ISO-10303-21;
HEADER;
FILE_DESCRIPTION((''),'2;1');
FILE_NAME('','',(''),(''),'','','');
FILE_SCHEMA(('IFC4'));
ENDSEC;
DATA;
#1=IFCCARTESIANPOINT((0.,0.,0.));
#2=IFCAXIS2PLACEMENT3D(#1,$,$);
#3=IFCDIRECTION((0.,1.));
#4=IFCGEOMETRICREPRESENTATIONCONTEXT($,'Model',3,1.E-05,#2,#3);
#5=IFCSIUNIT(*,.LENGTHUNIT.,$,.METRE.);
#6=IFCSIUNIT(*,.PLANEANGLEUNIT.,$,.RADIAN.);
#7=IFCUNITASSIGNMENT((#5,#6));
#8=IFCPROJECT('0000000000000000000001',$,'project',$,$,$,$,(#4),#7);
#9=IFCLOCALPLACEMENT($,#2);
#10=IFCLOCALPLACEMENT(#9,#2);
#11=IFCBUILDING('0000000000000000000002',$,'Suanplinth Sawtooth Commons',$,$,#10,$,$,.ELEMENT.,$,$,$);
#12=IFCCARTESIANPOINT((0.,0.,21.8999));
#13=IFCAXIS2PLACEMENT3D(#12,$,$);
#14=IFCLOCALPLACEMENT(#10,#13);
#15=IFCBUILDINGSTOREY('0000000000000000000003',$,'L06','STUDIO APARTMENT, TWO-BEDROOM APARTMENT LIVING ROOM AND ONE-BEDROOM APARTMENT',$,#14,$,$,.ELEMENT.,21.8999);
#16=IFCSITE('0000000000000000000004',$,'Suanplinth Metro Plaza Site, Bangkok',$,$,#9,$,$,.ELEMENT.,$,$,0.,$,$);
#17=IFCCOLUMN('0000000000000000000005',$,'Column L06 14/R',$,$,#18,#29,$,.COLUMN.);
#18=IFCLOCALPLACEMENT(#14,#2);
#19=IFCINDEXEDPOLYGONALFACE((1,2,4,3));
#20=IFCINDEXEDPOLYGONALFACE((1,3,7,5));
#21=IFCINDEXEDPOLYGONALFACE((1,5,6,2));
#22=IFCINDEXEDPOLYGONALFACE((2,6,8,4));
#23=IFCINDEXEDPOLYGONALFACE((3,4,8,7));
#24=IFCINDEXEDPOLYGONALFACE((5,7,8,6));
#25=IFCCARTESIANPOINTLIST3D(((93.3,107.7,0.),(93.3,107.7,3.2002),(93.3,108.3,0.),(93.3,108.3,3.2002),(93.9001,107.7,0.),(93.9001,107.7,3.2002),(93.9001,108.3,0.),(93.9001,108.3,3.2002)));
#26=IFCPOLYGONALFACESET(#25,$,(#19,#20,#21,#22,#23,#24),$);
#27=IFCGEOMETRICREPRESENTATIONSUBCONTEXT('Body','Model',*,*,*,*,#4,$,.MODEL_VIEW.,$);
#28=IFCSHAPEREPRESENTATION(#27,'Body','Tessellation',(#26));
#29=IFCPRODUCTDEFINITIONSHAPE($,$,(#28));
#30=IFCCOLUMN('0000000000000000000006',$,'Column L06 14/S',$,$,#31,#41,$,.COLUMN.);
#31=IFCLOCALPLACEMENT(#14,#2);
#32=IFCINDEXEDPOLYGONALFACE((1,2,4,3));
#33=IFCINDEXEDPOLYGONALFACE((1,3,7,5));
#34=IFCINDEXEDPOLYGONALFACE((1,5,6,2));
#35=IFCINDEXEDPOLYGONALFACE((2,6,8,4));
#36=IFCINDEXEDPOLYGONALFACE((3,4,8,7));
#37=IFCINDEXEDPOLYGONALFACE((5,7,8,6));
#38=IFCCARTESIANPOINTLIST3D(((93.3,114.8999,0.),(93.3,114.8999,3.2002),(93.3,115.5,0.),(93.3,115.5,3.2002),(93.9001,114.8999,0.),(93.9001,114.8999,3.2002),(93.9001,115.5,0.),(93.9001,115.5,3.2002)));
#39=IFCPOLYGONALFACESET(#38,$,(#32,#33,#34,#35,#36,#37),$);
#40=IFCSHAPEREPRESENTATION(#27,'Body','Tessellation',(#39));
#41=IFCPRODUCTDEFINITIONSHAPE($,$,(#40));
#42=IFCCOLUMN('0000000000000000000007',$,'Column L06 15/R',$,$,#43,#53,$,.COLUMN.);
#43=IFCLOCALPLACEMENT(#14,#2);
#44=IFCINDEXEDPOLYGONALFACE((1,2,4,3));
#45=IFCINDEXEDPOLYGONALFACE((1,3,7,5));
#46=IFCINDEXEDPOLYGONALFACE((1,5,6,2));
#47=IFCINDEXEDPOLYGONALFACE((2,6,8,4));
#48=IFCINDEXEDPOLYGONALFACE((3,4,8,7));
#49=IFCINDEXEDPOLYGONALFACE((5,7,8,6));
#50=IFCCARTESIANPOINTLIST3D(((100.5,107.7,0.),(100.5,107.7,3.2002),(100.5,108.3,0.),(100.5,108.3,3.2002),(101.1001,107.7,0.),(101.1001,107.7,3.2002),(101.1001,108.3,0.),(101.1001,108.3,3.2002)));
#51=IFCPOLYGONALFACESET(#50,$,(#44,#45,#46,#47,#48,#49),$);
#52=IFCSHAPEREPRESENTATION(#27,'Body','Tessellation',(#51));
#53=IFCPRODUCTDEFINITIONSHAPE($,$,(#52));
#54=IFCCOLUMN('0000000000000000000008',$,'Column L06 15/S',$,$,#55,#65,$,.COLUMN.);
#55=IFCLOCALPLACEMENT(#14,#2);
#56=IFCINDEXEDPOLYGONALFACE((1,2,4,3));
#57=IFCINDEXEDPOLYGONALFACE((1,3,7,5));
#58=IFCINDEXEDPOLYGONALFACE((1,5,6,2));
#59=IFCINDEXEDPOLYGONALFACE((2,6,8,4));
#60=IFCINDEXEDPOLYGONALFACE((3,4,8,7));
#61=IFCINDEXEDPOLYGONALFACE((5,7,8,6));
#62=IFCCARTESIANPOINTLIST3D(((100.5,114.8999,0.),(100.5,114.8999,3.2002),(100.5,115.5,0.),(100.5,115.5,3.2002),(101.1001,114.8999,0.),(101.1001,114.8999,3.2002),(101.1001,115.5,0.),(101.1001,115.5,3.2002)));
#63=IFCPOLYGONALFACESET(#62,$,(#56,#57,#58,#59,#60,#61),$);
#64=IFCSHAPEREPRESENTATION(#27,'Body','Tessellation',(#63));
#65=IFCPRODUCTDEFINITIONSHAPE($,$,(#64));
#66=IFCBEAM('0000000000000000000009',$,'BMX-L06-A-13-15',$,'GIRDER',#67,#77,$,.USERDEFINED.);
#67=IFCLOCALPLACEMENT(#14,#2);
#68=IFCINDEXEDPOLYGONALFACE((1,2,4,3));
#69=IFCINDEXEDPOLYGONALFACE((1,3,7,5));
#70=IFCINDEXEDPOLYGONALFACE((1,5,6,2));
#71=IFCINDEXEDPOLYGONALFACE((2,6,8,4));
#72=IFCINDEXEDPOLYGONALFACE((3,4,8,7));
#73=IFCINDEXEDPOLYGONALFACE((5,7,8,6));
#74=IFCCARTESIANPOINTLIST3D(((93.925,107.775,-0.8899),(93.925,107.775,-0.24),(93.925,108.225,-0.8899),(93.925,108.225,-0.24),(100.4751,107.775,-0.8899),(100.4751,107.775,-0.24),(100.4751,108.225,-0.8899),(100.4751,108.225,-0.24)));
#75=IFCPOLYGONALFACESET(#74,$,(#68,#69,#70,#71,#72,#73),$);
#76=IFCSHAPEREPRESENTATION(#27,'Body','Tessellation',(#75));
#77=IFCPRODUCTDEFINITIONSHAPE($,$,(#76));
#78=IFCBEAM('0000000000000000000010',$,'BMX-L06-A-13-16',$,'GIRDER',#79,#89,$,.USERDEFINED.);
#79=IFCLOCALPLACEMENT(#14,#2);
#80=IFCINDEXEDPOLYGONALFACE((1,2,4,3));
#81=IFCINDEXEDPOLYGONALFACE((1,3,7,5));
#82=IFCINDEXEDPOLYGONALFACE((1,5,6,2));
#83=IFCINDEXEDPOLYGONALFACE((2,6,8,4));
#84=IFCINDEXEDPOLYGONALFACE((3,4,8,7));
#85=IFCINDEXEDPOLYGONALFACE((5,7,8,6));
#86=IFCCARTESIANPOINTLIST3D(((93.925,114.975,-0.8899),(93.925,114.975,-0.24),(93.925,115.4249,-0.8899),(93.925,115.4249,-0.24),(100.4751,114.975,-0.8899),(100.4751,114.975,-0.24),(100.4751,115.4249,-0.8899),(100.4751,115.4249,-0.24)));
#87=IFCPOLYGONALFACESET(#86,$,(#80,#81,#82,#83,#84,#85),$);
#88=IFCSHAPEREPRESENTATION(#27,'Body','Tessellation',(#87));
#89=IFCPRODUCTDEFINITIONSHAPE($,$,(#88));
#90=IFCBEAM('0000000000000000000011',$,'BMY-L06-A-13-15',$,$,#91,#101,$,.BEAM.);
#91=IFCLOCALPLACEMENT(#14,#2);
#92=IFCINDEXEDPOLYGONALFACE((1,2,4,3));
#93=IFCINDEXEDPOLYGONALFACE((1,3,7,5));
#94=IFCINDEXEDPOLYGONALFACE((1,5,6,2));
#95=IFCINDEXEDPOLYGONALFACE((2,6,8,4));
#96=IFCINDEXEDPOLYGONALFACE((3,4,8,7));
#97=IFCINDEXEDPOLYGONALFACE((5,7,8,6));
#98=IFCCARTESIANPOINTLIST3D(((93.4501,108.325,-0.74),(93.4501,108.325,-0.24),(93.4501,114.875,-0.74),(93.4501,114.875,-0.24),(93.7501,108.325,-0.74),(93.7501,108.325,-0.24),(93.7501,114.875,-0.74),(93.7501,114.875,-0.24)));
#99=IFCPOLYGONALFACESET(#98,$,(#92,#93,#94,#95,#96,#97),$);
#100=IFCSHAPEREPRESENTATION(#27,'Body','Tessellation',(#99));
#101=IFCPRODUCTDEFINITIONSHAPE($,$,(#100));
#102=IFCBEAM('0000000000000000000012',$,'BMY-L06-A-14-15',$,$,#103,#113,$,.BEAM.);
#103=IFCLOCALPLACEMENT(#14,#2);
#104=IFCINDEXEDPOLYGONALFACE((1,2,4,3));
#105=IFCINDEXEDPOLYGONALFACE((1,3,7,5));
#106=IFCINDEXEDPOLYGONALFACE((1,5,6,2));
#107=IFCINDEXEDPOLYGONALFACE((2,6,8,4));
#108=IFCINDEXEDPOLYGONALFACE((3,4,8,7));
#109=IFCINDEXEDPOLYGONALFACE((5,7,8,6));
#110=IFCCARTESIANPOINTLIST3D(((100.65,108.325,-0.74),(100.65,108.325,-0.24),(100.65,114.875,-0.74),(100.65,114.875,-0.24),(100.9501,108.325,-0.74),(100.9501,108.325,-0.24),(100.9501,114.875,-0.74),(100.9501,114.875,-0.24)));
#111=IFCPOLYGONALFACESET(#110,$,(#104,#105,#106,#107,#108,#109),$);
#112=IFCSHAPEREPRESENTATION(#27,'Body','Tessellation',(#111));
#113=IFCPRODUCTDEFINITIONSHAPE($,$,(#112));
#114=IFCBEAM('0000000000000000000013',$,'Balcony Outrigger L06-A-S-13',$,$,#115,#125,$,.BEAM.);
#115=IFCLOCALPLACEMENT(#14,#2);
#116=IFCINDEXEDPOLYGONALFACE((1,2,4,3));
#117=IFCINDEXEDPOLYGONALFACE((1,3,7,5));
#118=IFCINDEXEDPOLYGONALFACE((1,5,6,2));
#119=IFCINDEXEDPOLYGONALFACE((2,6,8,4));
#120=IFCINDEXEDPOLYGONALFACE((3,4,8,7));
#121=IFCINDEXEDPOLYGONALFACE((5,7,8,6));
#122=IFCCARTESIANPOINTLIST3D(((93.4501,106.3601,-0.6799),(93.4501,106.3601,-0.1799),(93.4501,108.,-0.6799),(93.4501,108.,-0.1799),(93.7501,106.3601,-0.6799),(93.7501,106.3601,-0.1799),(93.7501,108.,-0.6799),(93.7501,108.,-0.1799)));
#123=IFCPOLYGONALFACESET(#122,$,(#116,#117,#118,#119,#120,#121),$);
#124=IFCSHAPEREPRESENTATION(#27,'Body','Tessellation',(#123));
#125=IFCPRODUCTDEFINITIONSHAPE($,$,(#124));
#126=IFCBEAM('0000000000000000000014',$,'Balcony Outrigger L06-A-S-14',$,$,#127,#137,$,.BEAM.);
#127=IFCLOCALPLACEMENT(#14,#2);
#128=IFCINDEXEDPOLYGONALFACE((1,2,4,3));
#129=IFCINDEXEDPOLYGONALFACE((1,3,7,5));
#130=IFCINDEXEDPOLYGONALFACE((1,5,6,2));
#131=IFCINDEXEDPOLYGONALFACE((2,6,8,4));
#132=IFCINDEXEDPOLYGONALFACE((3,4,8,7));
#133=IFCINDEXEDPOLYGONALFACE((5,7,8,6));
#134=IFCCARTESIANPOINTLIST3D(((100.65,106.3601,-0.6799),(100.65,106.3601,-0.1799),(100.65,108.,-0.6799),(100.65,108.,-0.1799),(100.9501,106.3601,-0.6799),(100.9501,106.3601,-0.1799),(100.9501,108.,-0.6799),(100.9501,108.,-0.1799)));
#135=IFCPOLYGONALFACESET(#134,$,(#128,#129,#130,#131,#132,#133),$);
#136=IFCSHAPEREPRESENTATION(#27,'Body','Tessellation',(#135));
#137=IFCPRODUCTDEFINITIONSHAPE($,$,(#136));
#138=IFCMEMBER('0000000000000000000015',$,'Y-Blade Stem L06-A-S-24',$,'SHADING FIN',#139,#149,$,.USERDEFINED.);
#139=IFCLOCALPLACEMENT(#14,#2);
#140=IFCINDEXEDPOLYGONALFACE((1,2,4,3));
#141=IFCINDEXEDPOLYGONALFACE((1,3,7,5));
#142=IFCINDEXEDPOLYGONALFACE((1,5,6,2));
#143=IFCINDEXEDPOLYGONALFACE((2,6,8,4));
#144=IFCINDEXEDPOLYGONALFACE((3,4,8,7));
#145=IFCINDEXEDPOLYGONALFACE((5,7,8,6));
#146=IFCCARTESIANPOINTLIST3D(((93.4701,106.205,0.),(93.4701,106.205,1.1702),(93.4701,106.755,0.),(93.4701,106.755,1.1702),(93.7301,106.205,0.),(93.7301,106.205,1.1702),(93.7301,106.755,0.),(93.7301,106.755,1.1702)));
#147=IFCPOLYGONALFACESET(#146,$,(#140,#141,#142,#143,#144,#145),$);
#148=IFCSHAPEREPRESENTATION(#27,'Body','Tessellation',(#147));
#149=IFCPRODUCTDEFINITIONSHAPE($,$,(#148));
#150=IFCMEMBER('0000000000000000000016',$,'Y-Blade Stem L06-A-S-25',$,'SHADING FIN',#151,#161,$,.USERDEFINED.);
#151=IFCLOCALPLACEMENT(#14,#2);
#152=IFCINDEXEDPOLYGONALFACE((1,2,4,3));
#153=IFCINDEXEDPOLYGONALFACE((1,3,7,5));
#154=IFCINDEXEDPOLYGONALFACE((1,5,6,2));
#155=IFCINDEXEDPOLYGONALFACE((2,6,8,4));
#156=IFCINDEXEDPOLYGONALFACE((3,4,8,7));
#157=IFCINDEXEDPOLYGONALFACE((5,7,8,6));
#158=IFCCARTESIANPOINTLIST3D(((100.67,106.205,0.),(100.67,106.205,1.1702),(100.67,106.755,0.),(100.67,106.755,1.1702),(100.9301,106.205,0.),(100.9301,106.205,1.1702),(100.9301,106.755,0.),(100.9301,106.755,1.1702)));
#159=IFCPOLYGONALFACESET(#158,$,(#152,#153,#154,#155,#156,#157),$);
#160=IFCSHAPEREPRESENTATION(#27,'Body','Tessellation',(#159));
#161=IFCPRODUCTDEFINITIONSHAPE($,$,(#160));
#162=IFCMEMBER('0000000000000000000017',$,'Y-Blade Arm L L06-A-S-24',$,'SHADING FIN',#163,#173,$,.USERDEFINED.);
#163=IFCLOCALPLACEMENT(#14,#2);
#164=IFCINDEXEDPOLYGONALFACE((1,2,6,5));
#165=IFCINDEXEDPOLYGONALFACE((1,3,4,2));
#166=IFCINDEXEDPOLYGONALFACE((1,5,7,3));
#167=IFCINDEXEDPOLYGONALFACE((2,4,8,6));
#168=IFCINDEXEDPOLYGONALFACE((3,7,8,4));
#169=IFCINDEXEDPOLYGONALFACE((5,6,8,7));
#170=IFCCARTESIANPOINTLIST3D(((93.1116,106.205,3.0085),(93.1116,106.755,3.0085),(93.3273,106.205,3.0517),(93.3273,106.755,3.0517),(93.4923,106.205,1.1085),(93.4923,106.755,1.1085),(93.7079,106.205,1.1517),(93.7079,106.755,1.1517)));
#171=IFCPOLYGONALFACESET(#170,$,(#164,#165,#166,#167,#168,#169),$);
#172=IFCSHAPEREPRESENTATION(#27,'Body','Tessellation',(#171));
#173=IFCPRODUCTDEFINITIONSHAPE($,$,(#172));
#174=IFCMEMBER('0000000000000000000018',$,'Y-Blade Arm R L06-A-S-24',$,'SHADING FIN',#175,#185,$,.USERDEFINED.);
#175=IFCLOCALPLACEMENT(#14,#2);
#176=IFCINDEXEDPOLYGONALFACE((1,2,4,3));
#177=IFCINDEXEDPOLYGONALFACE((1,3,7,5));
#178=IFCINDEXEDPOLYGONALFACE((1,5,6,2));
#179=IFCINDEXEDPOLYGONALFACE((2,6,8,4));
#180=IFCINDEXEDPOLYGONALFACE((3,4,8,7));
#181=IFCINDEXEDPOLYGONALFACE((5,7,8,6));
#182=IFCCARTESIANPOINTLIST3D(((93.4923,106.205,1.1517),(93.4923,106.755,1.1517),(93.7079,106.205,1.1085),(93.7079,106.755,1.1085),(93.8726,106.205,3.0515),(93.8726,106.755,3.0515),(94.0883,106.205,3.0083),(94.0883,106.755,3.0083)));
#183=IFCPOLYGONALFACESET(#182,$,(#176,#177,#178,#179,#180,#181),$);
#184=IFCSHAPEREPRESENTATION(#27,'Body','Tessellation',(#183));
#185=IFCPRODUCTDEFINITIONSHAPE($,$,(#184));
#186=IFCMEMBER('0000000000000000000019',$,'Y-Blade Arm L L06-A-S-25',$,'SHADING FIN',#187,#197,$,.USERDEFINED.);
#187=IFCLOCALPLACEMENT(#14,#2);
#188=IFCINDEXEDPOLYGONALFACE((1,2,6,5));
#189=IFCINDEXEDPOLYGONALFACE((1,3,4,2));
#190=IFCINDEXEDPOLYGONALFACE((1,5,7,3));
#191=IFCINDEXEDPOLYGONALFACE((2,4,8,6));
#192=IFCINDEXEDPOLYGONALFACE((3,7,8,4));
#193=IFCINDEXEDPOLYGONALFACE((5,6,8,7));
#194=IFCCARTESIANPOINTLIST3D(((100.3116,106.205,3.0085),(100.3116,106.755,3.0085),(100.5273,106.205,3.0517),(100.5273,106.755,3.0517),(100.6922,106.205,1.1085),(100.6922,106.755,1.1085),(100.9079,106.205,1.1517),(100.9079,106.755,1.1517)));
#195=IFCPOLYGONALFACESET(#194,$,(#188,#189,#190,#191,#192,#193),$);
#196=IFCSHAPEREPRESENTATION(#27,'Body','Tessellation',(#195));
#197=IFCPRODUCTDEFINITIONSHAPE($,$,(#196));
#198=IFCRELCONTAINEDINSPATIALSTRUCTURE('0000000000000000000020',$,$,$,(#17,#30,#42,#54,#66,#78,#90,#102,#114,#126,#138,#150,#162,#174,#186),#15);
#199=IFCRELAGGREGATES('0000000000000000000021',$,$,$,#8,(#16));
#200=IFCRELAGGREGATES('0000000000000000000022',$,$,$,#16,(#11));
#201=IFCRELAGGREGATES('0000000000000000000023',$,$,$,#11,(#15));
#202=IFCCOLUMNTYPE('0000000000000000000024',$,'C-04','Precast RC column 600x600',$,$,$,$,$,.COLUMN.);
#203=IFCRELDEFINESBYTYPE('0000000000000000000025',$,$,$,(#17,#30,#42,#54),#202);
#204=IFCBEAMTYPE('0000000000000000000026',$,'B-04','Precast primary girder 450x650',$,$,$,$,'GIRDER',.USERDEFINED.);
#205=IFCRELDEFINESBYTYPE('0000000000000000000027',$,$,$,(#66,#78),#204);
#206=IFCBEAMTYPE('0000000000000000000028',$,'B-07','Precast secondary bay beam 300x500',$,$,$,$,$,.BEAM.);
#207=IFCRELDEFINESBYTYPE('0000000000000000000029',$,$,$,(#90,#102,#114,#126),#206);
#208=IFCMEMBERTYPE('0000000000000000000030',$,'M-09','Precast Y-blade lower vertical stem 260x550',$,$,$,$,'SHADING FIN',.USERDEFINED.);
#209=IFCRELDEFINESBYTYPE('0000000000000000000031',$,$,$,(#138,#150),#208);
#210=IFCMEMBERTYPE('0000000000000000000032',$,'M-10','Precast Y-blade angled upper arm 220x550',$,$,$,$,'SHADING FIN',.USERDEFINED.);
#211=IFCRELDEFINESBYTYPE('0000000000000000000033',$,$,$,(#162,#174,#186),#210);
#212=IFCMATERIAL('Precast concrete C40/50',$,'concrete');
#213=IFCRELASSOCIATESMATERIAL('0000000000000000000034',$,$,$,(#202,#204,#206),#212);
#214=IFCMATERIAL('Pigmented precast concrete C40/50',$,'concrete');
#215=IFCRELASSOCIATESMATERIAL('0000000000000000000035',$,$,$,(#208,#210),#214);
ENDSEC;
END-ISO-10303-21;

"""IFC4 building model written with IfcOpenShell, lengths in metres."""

from ifc_helpers import new_model, si_unit, direction, frame, origin, origin_2d, place, context, subcontext, project, spatial, rectangle, extrude, material, material_profile, profile_set, type_object, element, save


model = new_model("IFC4")

# Units and contexts
model_context = context("Model", 3, precision=1e-05, world=origin(), true_north=direction((0.0, 1.0)))
body_context = subcontext(model_context, "Body", "Model", "MODEL_VIEW")
ifc_project = project(units=[si_unit("LENGTHUNIT", "METRE"), si_unit("PLANEANGLEUNIT", "RADIAN")], contexts=[model_context])

# Site, building, storey
site_placement = place(None, origin())
site = spatial("IfcSite", under=ifc_project, at=site_placement, Name="Suanplinth Metro Plaza Site, Bangkok", CompositionType="ELEMENT", RefElevation=0.0)
building_placement = place(site_placement, origin())
building = spatial("IfcBuilding", under=site, at=building_placement, Name="Suanplinth Sawtooth Commons", CompositionType="ELEMENT")
storey_placement = place(building_placement, frame((0.0, 0.0, 21.8999)))
storey = spatial("IfcBuildingStorey", under=building, at=storey_placement, Name="L06", Description="STUDIO APARTMENT, TWO-BEDROOM APARTMENT LIVING ROOM AND ONE-BEDROOM APARTMENT", CompositionType="ELEMENT", Elevation=21.8999)

# Columns
ifc_material_1 = material(Name="Precast concrete C40/50", Category="concrete")
ifc_material_profile_1 = material_profile(ifc_material_1, rectangle(XDim=0.6001, YDim=0.6001, at=origin_2d()), Name="PC-COL 600x600")
ifc_profile_set_1 = profile_set([ifc_material_profile_1], Name="Precast concrete C40/50")
column_type = type_object("IfcColumnType", Name="C-04", Description="Precast RC column 600x600", PredefinedType="COLUMN", material=ifc_profile_set_1)
for number, where, z_axis, x_axis, name in (
    (1, (93.6001, 108.0, 0.0), (0.0, 0.0, 1.0), (1.0, 0.0, 0.0), "Column L06 14/R"),
    (2, (93.6001, 115.2, 0.0), (0.0, 0.0, 1.0), (1.0, 0.0, 0.0), "Column L06 14/S"),
    (3, (100.8, 108.0, 0.0), (0.0, 0.0, 1.0), (1.0, 0.0, 0.0), "Column L06 15/R"),
    (4, (100.8, 115.2, 0.0), (0.0, 0.0, 1.0), (1.0, 0.0, 0.0), "Column L06 15/S"),
):
    element("IfcColumn", number, at=place(storey_placement, frame(where, z_axis=z_axis, x_axis=x_axis)), inside=storey, type_object=column_type, Name=name, PredefinedType="COLUMN", context=body_context, shape_type="SweptSolid", body=[
        extrude(rectangle(XDim=0.6001, YDim=0.6001, at=origin_2d()), origin(), (0.0, 0.0, 1.0), 3.2002),
    ])

# Beams
ifc_material_profile_2 = material_profile(ifc_material_1, rectangle(XDim=0.45, YDim=0.6499, at=origin_2d()), Name="PC-GDR 450x650")
ifc_profile_set_2 = profile_set([ifc_material_profile_2], Name="Precast concrete C40/50")
beam_type_1 = type_object("IfcBeamType", Name="B-04", Description="Precast primary girder 450x650", ElementType="GIRDER", PredefinedType="USERDEFINED", material=ifc_profile_set_2)
for number, where, z_axis, x_axis, name in (
    (5, (93.925, 108.0, -0.5649), (1.0, 0.0, 0.0), (0.0, 1.0, 0.0), "BMX-L06-A-13-15"),
    (6, (93.925, 115.2, -0.5649), (1.0, 0.0, 0.0), (0.0, 1.0, 0.0), "BMX-L06-A-13-16"),
):
    element("IfcBeam", number, at=place(storey_placement, frame(where, z_axis=z_axis, x_axis=x_axis)), inside=storey, type_object=beam_type_1, Name=name, ObjectType="GIRDER", PredefinedType="USERDEFINED", context=body_context, shape_type="SweptSolid", body=[
        extrude(rectangle(XDim=0.45, YDim=0.6499, at=origin_2d()), origin(), (0.0, 0.0, 1.0), 6.55),
    ])
ifc_material_profile_3 = material_profile(ifc_material_1, rectangle(XDim=0.3, YDim=0.5, at=origin_2d()), Name="PC-BM 300x500")
ifc_profile_set_3 = profile_set([ifc_material_profile_3], Name="Precast concrete C40/50")
beam_type_2 = type_object("IfcBeamType", Name="B-07", Description="Precast secondary bay beam 300x500", PredefinedType="BEAM", material=ifc_profile_set_3)
for number, where, z_axis, x_axis, name in (
    (7, (93.6001, 108.325, -0.49), (0.0, 1.0, 0.0), (-1.0, 0.0, 0.0), "BMY-L06-A-13-15"),
    (8, (100.8, 108.325, -0.49), (0.0, 1.0, 0.0), (-1.0, 0.0, 0.0), "BMY-L06-A-14-15"),
):
    element("IfcBeam", number, at=place(storey_placement, frame(where, z_axis=z_axis, x_axis=x_axis)), inside=storey, type_object=beam_type_2, Name=name, PredefinedType="BEAM", context=body_context, shape_type="SweptSolid", body=[
        extrude(rectangle(XDim=0.3, YDim=0.5, at=origin_2d()), origin(), (0.0, 0.0, 1.0), 6.55),
    ])
for number, where, z_axis, x_axis, name in (
    (9, (93.6001, 108.0, -0.4299), (0.0, -1.0, 0.0), (1.0, 0.0, 0.0), "Balcony Outrigger L06-A-S-13"),
    (10, (100.8, 108.0, -0.4299), (0.0, -1.0, 0.0), (1.0, 0.0, 0.0), "Balcony Outrigger L06-A-S-14"),
):
    element("IfcBeam", number, at=place(storey_placement, frame(where, z_axis=z_axis, x_axis=x_axis)), inside=storey, type_object=beam_type_2, Name=name, PredefinedType="BEAM", context=body_context, shape_type="SweptSolid", body=[
        extrude(rectangle(XDim=0.3, YDim=0.5, at=origin_2d()), origin(), (0.0, 0.0, 1.0), 1.6399),
    ])

# Members
ifc_material_2 = material(Name="Pigmented precast concrete C40/50", Category="concrete")
ifc_material_profile_4 = material_profile(ifc_material_2, rectangle(XDim=0.26, YDim=0.55, at=origin_2d()), Name="PC-FIN 260x550")
ifc_profile_set_4 = profile_set([ifc_material_profile_4], Name="Pigmented precast concrete C40/50")
member_type_1 = type_object("IfcMemberType", Name="M-09", Description="Precast Y-blade lower vertical stem 260x550", ElementType="SHADING FIN", PredefinedType="USERDEFINED", material=ifc_profile_set_4)
for number, where, z_axis, x_axis, name in (
    (11, (93.6001, 106.48, 0.0), (0.0, 0.0, 1.0), (1.0, 0.0, 0.0), "Y-Blade Stem L06-A-S-24"),
    (12, (100.8, 106.48, 0.0), (0.0, 0.0, 1.0), (1.0, 0.0, 0.0), "Y-Blade Stem L06-A-S-25"),
):
    element("IfcMember", number, at=place(storey_placement, frame(where, z_axis=z_axis, x_axis=x_axis)), inside=storey, type_object=member_type_1, Name=name, ObjectType="SHADING FIN", PredefinedType="USERDEFINED", context=body_context, shape_type="SweptSolid", body=[
        extrude(rectangle(XDim=0.26, YDim=0.55, at=origin_2d()), origin(), (0.0, 0.0, 1.0), 1.1702),
    ])
ifc_material_profile_5 = material_profile(ifc_material_2, rectangle(XDim=0.22, YDim=0.55, at=origin_2d()), Name="PC-FIN 220x550")
ifc_profile_set_5 = profile_set([ifc_material_profile_5], Name="Pigmented precast concrete C40/50")
member_type_2 = type_object("IfcMemberType", Name="M-10", Description="Precast Y-blade angled upper arm 220x550", ElementType="SHADING FIN", PredefinedType="USERDEFINED", material=ifc_profile_set_5)
member_1_placement = place(storey_placement, frame((93.6001, 106.48, 1.1301), z_axis=(-0.196431, 0.0, 0.980518), x_axis=(0.980518, 0.0, 0.196431)))
element("IfcMember", 13, at=member_1_placement, inside=storey, type_object=member_type_2, Name="Y-Blade Arm L L06-A-S-24", ObjectType="SHADING FIN", PredefinedType="USERDEFINED", context=body_context, shape_type="SweptSolid", body=[
    extrude(rectangle(XDim=0.22, YDim=0.55, at=origin_2d()), origin(), (0.0, 0.0, 1.0), 1.9377),
])
member_2_placement = place(storey_placement, frame((93.6001, 106.48, 1.1301), z_axis=(0.19631, 0.0, 0.980542), x_axis=(-0.980542, 0.0, 0.19631)))
element("IfcMember", 14, at=member_2_placement, inside=storey, type_object=member_type_2, Name="Y-Blade Arm R L06-A-S-24", ObjectType="SHADING FIN", PredefinedType="USERDEFINED", context=body_context, shape_type="SweptSolid", body=[
    extrude(rectangle(XDim=0.22, YDim=0.55, at=origin_2d()), origin(), (0.0, 0.0, 1.0), 1.9375),
])
member_3_placement = place(storey_placement, frame((100.8, 106.48, 1.1301), z_axis=(-0.196431, 0.0, 0.980518), x_axis=(0.980518, 0.0, 0.196431)))
element("IfcMember", 15, at=member_3_placement, inside=storey, type_object=member_type_2, Name="Y-Blade Arm L L06-A-S-25", ObjectType="SHADING FIN", PredefinedType="USERDEFINED", context=body_context, shape_type="SweptSolid", body=[
    extrude(rectangle(XDim=0.22, YDim=0.55, at=origin_2d()), origin(), (0.0, 0.0, 1.0), 1.9377),
])

save(model, "model.ifc")
